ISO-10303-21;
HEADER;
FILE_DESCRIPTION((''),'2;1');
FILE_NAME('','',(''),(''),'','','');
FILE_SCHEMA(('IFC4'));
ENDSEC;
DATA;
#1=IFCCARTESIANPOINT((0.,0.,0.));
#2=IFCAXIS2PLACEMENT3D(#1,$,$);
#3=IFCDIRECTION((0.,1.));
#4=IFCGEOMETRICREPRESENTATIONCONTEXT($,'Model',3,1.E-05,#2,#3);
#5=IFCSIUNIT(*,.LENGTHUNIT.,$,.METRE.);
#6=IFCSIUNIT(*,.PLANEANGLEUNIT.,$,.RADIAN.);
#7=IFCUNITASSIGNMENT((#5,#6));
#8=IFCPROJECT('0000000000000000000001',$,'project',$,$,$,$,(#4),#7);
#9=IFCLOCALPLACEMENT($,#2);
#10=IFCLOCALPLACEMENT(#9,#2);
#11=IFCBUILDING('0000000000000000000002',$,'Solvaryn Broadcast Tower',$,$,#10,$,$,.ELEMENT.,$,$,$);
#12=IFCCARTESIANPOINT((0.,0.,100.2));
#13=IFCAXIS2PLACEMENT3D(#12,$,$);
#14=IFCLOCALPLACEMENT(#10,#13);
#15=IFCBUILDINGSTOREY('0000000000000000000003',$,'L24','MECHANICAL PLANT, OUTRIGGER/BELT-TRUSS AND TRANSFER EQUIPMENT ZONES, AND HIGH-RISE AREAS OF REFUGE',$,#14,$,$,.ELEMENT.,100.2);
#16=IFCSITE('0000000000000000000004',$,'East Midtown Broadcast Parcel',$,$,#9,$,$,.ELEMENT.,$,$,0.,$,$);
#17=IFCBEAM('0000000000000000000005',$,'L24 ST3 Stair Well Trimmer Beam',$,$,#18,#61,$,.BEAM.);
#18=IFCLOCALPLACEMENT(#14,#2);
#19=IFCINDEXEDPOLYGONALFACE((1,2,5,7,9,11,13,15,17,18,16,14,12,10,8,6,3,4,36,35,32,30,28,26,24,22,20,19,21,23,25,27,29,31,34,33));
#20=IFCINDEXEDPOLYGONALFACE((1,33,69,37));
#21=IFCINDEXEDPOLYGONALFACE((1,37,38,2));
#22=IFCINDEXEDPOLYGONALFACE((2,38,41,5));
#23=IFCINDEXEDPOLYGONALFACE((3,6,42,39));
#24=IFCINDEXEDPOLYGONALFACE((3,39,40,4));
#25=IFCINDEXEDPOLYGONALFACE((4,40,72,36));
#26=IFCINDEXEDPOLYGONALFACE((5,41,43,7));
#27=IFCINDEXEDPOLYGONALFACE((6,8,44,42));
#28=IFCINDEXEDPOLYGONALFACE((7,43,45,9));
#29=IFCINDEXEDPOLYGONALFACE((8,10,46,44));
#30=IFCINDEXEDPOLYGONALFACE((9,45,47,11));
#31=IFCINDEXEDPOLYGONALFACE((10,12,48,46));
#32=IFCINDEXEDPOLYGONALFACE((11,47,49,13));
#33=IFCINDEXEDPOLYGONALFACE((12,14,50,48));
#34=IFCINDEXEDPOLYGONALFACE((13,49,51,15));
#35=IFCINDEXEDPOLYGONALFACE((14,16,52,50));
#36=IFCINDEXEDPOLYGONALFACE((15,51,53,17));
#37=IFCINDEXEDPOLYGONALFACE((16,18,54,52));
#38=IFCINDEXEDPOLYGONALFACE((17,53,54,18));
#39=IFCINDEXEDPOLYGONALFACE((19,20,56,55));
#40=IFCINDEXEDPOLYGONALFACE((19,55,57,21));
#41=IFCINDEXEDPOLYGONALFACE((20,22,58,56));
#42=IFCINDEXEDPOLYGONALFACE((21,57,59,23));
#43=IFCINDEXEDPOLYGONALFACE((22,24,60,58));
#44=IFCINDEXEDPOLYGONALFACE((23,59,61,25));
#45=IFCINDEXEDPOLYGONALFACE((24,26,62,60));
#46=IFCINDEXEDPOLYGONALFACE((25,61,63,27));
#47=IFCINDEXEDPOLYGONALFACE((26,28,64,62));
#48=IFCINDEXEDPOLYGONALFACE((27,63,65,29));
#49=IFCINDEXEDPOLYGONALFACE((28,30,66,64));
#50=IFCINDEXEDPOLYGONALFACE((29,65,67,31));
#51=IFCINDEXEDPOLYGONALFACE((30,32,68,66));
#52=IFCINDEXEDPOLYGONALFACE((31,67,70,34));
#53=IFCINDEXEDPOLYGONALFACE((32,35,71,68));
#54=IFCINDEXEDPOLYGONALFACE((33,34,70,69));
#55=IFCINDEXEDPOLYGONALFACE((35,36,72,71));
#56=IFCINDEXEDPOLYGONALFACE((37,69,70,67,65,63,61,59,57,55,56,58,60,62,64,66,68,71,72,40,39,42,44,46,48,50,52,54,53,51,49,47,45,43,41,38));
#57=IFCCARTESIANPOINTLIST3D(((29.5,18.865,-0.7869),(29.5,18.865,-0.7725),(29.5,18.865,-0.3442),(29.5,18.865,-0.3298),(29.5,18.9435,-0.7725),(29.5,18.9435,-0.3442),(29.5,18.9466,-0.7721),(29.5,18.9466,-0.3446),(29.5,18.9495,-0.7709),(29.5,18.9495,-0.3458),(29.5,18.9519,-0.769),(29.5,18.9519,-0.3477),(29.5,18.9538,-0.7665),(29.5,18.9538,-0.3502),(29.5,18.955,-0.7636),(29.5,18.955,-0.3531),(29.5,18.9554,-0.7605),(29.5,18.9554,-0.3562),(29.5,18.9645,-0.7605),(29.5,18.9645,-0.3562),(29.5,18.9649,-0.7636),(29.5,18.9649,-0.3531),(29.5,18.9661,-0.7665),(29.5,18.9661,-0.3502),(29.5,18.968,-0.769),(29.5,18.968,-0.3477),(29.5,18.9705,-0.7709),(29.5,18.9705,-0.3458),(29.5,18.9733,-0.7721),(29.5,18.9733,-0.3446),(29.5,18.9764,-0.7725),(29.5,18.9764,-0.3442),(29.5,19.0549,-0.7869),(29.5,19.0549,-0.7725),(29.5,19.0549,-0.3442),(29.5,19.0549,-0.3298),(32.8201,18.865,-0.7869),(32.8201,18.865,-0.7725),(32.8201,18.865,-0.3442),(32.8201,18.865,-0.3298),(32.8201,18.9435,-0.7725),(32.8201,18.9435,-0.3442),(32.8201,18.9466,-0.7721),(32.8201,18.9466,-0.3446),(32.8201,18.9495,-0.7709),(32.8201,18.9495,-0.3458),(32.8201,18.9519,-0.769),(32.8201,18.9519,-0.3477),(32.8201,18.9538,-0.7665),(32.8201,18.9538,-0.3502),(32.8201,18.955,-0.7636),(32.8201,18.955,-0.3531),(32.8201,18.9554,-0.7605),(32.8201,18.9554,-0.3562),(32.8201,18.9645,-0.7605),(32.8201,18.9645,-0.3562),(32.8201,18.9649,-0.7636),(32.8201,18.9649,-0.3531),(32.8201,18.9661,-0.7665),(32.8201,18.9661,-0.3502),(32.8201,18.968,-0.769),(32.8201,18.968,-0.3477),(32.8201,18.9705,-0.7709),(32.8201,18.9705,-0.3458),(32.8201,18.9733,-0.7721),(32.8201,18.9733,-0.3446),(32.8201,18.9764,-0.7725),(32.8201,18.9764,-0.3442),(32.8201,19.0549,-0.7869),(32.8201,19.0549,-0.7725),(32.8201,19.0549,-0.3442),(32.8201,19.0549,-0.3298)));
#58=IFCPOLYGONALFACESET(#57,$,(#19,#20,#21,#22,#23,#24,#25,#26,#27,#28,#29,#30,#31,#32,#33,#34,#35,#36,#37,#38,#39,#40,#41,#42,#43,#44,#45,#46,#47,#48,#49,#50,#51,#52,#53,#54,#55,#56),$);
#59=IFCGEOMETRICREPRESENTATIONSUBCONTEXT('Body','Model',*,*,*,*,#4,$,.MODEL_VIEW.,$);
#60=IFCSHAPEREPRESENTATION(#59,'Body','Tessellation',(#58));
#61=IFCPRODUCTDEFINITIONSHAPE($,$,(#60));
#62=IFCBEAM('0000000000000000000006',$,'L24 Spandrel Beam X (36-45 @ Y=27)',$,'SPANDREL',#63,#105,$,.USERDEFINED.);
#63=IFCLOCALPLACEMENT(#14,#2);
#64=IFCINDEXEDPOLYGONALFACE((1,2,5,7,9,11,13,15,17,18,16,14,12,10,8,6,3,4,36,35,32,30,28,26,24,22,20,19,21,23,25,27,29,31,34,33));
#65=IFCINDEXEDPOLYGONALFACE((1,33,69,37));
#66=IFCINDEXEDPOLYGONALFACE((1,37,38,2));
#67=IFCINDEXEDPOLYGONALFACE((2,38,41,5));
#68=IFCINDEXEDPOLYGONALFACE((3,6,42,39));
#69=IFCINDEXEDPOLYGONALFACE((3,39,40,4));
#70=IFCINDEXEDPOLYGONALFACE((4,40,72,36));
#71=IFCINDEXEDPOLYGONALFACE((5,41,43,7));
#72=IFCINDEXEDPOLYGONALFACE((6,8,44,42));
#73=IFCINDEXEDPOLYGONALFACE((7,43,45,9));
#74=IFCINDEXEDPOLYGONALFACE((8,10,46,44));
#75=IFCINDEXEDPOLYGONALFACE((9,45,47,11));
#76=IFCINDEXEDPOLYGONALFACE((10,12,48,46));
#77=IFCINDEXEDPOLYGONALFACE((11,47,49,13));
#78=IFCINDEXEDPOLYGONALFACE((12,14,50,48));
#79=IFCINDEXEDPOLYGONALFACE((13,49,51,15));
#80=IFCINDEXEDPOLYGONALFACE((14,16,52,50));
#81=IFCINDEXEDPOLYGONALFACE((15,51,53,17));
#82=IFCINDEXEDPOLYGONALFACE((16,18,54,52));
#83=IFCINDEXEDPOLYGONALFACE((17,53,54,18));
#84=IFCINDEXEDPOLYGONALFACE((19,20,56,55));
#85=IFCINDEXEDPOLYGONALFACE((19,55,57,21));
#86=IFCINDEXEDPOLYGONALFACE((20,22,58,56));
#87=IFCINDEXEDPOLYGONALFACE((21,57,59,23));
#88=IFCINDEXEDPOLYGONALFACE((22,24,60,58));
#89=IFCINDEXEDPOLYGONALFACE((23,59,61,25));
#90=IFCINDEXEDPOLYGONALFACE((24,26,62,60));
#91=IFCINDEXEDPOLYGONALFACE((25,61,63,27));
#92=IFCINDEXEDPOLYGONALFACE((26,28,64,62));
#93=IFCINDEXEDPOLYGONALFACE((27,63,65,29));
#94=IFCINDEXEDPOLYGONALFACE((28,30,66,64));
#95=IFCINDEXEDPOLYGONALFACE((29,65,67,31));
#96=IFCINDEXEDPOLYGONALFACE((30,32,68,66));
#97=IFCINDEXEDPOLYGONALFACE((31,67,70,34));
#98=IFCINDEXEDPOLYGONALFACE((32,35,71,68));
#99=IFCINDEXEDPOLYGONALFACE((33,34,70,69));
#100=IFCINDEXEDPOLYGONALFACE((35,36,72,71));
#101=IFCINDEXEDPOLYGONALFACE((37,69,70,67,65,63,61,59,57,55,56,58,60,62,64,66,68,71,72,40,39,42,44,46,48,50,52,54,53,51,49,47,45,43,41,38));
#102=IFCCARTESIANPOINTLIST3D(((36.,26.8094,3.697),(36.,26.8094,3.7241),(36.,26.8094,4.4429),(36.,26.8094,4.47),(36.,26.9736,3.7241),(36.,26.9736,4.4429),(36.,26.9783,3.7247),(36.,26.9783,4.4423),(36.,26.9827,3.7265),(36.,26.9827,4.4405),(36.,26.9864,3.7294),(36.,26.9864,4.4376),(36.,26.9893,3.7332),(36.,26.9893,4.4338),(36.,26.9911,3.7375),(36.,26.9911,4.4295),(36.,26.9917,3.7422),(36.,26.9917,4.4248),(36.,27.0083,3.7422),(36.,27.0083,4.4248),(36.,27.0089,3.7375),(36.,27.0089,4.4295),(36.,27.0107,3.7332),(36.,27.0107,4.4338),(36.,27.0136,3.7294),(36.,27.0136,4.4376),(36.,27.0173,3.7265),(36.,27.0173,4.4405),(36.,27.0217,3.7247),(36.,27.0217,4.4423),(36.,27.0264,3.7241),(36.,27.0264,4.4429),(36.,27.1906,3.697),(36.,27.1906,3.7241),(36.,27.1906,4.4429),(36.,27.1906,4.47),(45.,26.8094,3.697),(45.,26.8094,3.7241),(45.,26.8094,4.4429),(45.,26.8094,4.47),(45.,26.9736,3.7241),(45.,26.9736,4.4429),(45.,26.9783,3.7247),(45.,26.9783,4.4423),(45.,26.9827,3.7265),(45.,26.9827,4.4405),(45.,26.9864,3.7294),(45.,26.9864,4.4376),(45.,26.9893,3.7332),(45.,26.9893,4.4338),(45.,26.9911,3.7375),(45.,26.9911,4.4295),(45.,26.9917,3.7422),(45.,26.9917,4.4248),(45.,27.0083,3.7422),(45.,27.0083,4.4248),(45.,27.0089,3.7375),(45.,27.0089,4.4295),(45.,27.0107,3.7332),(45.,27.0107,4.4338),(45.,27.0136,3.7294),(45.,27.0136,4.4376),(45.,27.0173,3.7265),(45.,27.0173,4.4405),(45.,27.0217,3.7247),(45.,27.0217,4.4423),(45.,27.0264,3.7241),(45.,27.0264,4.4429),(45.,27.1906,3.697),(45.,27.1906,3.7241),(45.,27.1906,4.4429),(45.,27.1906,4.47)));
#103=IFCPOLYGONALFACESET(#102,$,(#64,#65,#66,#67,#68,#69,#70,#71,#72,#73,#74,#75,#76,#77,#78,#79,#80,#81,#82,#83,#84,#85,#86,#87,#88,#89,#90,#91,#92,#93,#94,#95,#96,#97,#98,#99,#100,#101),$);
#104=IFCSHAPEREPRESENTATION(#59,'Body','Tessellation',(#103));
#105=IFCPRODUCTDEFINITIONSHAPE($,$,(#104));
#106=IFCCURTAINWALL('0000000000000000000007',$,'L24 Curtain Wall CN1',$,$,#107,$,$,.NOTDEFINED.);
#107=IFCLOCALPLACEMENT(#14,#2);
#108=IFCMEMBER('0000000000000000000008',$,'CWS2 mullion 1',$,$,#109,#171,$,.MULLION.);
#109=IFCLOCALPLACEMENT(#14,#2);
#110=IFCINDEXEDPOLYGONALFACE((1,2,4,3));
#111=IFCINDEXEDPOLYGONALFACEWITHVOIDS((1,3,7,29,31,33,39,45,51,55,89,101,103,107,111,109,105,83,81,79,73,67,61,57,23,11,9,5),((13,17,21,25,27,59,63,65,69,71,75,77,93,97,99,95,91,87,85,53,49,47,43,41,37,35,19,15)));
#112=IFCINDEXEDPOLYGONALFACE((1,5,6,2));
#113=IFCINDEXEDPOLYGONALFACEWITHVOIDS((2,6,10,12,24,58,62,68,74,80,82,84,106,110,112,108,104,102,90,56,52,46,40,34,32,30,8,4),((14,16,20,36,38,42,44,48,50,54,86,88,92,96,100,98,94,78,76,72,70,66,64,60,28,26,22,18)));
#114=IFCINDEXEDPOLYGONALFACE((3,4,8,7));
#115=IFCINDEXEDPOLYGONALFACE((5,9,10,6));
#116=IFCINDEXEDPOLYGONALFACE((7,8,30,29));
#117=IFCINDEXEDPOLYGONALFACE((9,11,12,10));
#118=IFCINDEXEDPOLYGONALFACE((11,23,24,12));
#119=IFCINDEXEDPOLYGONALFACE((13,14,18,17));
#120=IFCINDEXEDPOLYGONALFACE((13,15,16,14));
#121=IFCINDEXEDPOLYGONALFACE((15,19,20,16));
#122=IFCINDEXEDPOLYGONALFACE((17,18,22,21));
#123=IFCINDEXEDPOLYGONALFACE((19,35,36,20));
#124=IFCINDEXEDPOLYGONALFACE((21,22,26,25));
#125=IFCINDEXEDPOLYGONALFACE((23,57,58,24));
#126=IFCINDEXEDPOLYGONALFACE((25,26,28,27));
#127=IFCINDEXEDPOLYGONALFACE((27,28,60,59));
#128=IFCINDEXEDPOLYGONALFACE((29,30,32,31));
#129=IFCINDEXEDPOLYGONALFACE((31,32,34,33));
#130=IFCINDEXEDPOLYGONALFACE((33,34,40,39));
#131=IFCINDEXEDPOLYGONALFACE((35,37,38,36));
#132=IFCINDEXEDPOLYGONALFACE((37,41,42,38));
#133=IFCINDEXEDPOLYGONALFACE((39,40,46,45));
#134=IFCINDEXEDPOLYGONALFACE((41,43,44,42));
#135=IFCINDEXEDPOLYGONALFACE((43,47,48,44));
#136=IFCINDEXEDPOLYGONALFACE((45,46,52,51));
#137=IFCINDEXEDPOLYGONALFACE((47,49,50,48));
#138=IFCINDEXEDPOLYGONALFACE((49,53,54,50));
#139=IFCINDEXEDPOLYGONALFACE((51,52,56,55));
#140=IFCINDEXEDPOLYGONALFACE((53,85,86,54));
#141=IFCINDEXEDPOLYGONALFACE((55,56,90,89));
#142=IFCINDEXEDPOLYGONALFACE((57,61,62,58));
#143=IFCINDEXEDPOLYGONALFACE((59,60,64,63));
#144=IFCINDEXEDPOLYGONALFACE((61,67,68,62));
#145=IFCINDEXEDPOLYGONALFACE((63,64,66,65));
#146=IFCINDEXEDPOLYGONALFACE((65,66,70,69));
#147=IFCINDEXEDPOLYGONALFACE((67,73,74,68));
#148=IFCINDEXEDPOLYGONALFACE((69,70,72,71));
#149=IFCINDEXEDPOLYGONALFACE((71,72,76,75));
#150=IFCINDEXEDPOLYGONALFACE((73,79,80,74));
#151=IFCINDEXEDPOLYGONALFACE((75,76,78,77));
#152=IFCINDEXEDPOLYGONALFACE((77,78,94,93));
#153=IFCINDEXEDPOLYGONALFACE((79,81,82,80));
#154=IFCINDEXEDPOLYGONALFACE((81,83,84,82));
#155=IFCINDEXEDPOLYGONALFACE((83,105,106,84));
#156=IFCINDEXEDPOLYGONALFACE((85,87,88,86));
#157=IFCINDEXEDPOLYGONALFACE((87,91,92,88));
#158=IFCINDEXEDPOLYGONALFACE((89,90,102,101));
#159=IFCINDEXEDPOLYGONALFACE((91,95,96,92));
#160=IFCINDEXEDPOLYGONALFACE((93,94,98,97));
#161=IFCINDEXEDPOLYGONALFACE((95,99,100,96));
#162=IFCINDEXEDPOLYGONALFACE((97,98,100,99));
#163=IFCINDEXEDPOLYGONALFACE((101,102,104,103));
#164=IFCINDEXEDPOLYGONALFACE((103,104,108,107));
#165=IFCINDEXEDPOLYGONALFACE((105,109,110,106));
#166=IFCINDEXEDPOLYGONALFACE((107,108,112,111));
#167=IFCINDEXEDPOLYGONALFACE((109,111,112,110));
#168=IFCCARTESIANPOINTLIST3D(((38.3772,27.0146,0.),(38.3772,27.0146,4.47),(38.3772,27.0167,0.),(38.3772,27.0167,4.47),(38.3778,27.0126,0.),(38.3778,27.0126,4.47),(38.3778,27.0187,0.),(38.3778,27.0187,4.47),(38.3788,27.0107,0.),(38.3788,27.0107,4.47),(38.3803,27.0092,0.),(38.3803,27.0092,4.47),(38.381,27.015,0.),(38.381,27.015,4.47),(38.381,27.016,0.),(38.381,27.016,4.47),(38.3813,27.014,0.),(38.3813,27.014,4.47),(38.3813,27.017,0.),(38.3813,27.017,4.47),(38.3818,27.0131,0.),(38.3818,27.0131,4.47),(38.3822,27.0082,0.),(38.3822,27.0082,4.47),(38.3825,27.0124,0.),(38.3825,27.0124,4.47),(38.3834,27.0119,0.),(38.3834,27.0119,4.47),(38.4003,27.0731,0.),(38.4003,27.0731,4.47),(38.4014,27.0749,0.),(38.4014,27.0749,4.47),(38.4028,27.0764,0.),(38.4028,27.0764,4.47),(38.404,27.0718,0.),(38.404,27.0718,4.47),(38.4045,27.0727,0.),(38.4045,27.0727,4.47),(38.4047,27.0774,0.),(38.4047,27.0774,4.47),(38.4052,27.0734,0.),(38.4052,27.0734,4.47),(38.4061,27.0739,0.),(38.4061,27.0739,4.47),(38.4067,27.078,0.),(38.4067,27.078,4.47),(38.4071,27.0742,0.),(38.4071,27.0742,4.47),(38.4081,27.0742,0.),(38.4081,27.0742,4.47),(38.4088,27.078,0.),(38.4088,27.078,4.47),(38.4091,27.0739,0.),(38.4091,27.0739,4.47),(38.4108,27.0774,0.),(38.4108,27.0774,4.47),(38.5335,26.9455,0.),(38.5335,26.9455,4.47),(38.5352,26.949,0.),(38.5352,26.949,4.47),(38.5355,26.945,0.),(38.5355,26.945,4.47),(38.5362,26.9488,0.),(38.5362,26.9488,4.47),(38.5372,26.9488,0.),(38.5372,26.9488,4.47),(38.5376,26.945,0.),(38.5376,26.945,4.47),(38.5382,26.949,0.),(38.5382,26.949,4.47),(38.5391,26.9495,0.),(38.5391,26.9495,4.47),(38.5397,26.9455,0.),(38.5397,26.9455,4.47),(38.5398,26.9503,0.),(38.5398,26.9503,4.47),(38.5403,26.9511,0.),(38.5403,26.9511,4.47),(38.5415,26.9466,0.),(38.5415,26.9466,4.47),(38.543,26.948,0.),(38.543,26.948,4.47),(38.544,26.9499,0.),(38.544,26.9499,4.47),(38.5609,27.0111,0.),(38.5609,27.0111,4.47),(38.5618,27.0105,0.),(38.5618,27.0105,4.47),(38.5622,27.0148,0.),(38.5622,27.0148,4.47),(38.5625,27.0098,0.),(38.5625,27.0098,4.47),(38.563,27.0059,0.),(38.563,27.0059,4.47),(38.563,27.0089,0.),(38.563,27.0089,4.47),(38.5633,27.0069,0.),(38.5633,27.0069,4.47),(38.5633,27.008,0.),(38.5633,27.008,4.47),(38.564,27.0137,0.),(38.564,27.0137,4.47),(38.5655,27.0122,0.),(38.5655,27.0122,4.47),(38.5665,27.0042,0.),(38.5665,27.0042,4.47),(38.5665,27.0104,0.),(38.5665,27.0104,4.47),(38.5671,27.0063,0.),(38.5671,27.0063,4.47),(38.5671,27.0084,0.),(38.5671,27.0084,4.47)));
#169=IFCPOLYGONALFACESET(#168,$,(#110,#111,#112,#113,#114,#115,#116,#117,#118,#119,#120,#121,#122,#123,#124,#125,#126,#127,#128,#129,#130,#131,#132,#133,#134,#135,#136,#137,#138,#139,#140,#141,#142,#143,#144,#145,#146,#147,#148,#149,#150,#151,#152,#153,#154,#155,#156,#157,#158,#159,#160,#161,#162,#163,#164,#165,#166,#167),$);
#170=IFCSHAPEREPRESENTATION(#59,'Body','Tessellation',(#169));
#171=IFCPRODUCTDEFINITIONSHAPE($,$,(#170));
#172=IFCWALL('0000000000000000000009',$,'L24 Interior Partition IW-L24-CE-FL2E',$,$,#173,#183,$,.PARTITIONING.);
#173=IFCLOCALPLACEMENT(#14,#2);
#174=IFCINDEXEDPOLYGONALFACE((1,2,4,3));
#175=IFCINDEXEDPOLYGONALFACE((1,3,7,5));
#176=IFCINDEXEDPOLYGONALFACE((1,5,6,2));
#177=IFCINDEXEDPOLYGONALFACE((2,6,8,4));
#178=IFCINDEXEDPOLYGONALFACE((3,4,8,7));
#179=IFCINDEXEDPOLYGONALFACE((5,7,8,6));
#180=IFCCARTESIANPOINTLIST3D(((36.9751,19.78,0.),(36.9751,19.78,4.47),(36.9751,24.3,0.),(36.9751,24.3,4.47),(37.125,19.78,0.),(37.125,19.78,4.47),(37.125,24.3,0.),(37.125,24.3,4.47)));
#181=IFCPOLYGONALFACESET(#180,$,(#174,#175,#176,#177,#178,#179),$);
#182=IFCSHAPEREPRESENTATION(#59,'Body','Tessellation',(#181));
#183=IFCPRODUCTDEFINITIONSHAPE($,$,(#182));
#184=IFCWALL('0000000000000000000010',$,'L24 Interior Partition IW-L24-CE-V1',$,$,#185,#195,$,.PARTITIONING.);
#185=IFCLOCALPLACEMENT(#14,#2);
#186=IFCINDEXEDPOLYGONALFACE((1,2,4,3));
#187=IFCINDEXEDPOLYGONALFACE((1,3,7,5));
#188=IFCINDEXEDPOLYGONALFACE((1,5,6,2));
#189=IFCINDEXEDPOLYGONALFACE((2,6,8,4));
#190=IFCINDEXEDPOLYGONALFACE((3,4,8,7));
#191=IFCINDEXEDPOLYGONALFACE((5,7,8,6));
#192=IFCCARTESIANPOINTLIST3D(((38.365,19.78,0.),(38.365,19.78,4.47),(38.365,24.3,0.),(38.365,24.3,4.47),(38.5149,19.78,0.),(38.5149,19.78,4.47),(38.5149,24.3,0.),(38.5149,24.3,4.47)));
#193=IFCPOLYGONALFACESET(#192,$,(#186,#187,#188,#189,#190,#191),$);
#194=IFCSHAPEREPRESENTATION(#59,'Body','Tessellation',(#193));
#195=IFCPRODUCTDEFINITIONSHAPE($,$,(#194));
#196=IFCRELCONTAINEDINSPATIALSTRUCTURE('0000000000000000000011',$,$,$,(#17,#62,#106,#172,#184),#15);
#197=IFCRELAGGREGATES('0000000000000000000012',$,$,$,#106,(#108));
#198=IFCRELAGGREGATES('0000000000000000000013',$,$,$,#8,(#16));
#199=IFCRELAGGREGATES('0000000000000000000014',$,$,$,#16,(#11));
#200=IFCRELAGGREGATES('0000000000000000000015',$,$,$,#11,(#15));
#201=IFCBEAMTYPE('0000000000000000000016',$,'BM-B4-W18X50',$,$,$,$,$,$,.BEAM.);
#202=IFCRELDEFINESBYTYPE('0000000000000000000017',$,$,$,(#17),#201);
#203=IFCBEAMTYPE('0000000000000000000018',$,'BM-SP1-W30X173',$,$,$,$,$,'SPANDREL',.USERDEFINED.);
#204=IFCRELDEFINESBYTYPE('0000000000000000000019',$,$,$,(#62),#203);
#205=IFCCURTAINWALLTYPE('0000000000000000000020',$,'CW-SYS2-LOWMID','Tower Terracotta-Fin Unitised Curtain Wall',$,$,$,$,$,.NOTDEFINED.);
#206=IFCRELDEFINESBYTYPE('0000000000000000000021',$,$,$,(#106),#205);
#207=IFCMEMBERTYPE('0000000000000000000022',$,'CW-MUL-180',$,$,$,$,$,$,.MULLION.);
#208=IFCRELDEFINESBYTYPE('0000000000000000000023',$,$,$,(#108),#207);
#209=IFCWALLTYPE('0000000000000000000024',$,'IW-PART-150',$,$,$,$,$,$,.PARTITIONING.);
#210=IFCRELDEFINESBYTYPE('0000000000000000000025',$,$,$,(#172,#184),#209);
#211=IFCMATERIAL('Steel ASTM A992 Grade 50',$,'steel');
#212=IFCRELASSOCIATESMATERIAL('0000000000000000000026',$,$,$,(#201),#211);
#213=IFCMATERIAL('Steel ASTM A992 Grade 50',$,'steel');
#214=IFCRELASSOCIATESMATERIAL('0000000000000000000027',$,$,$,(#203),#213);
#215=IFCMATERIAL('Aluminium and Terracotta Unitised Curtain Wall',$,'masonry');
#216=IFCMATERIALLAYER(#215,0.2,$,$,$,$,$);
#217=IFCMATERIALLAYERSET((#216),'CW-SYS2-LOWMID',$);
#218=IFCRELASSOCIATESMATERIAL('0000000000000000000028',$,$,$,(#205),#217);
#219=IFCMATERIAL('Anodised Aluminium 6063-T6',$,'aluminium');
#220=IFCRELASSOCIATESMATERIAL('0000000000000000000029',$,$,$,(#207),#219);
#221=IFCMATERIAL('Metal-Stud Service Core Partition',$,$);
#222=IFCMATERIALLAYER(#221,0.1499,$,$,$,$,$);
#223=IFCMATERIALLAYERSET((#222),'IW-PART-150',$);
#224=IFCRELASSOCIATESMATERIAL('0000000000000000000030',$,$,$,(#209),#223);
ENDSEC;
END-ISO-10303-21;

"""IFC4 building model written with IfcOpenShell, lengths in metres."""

from ifc_helpers import new_model, si_unit, direction, frame, frame_2d, origin, origin_2d, place, context, subcontext, project, spatial, rectangle, hollow_rectangle, i_section, extrude, material, layer, layer_set, material_profile, profile_set, type_object, element, aggregate, save


model = new_model("IFC4")

# Units and contexts
model_context = context("Model", 3, precision=1e-05, world=origin(), true_north=direction((0.0, 1.0)))
body_context = subcontext(model_context, "Body", "Model", "MODEL_VIEW")
ifc_project = project(units=[si_unit("LENGTHUNIT", "METRE"), si_unit("PLANEANGLEUNIT", "RADIAN")], contexts=[model_context])

# Site, building, storey
site_placement = place(None, origin())
site = spatial("IfcSite", under=ifc_project, at=site_placement, Name="East Midtown Broadcast Parcel", CompositionType="ELEMENT", RefElevation=0.0)
building_placement = place(site_placement, origin())
building = spatial("IfcBuilding", under=site, at=building_placement, Name="Solvaryn Broadcast Tower", CompositionType="ELEMENT")
storey_placement = place(building_placement, frame((0.0, 0.0, 100.2)))
storey = spatial("IfcBuildingStorey", under=building, at=storey_placement, Name="L24", Description="MECHANICAL PLANT, OUTRIGGER/BELT-TRUSS AND TRANSFER EQUIPMENT ZONES, AND HIGH-RISE AREAS OF REFUGE", CompositionType="ELEMENT", Elevation=100.2)

# Beams
ifc_material_1 = material(Name="Steel ASTM A992 Grade 50", Category="steel")
ifc_material_profile_1 = material_profile(ifc_material_1, i_section(OverallWidth=0.1899, OverallDepth=0.457, WebThickness=0.009, FlangeThickness=0.0144, FilletRadius=0.012, at=origin_2d()))
ifc_profile_set_1 = profile_set([ifc_material_profile_1], Name="Steel ASTM A992 Grade 50")
beam_type_1 = type_object("IfcBeamType", Name="BM-B4-W18X50", PredefinedType="BEAM", material=ifc_profile_set_1)
beam_1_placement = place(storey_placement, frame((29.5, 18.96, -0.5583), z_axis=(1.0, 0.0, 0.0), x_axis=(0.0, 1.0, 0.0)))
element("IfcBeam", 1, at=beam_1_placement, inside=storey, type_object=beam_type_1, Name="L24 ST3 Stair Well Trimmer Beam", PredefinedType="BEAM", context=body_context, shape_type="SweptSolid", body=[
    extrude(i_section(OverallWidth=0.1899, OverallDepth=0.457, WebThickness=0.009, FlangeThickness=0.0144, FilletRadius=0.012, at=origin_2d()), origin(), (0.0, 0.0, 1.0), 3.3201),
])
ifc_material_2 = material(Name="Steel ASTM A992 Grade 50", Category="steel")
ifc_material_profile_2 = material_profile(ifc_material_2, i_section(OverallWidth=0.3811, OverallDepth=0.7729, WebThickness=0.0166, FlangeThickness=0.0271, FilletRadius=0.0181, at=origin_2d()))
ifc_profile_set_2 = profile_set([ifc_material_profile_2], Name="Steel ASTM A992 Grade 50")
beam_type_2 = type_object("IfcBeamType", Name="BM-SP1-W30X173", ElementType="SPANDREL", PredefinedType="USERDEFINED", material=ifc_profile_set_2)
beam_2_placement = place(storey_placement, frame((36.0, 27.0, 4.0835), z_axis=(1.0, 0.0, 0.0), x_axis=(0.0, 1.0, 0.0)))
element("IfcBeam", 2, at=beam_2_placement, inside=storey, type_object=beam_type_2, Name="L24 Spandrel Beam X (36-45 @ Y=27)", ObjectType="SPANDREL", PredefinedType="USERDEFINED", context=body_context, shape_type="SweptSolid", body=[
    extrude(i_section(OverallWidth=0.3811, OverallDepth=0.7729, WebThickness=0.0166, FlangeThickness=0.0271, FilletRadius=0.0181, at=origin_2d()), origin(), (0.0, 0.0, 1.0), 9.0),
])

# Curtain wall, member
ifc_material_3 = material(Name="Aluminium and Terracotta Unitised Curtain Wall", Category="masonry")
ifc_layer_1 = layer(ifc_material_3, 0.2)
ifc_layer_set_1 = layer_set([ifc_layer_1], Name="CW-SYS2-LOWMID")
curtain_wall_type = type_object("IfcCurtainWallType", Name="CW-SYS2-LOWMID", Description="Tower Terracotta-Fin Unitised Curtain Wall", PredefinedType="NOTDEFINED", material=ifc_layer_set_1)
curtain_wall_placement = place(storey_placement, origin())
curtain_wall = element("IfcCurtainWall", 3, at=curtain_wall_placement, inside=storey, type_object=curtain_wall_type, Name="L24 Curtain Wall CN1", PredefinedType="NOTDEFINED")
ifc_material_4 = material(Name="Anodised Aluminium 6063-T6", Category="aluminium")
ifc_material_profile_3 = material_profile(ifc_material_4, hollow_rectangle(XDim=0.075, YDim=0.1799, WallThickness=0.0039, InnerFilletRadius=0.0039, OuterFilletRadius=0.0081, at=origin_2d()))
ifc_profile_set_3 = profile_set([ifc_material_profile_3], Name="Anodised Aluminium 6063-T6")
member_type = type_object("IfcMemberType", Name="CW-MUL-180", PredefinedType="MULLION", material=ifc_profile_set_3)
member_placement = place(storey_placement, frame((38.4722, 27.0115, 0.0), z_axis=(0.0, 0.0, 1.0), x_axis=(-0.382646, -0.923895, 0.0)))
member = element("IfcMember", 4, at=member_placement, type_object=member_type, Name="CWS2 mullion 1", PredefinedType="MULLION", context=body_context, shape_type="SweptSolid", body=[
    extrude(hollow_rectangle(XDim=0.075, YDim=0.1799, WallThickness=0.0039, InnerFilletRadius=0.0039, OuterFilletRadius=0.0081, at=origin_2d()), origin(), (0.0, 0.0, 1.0), 4.47),
])
aggregate(curtain_wall, [member])

# Walls
ifc_material_5 = material(Name="Metal-Stud Service Core Partition")
ifc_layer_2 = layer(ifc_material_5, 0.1499)
ifc_layer_set_2 = layer_set([ifc_layer_2], Name="IW-PART-150")
wall_type_1 = type_object("IfcWallType", Name="IW-PART-150", PredefinedType="PARTITIONING", material=ifc_layer_set_2)
for number, where, z_axis, x_axis, name in (
    (5, (37.05, 19.78, 0.0), (0.0, 0.0, 1.0), (0.0, 1.0, 0.0), "L24 Interior Partition IW-L24-CE-FL2E"),
    (6, (38.4399, 19.78, 0.0), (0.0, 0.0, 1.0), (0.0, 1.0, 0.0), "L24 Interior Partition IW-L24-CE-V1"),
):
    element("IfcWall", number, at=place(storey_placement, frame(where, z_axis=z_axis, x_axis=x_axis)), inside=storey, type_object=wall_type_1, Name=name, PredefinedType="PARTITIONING", context=body_context, shape_type="SweptSolid", body=[
        extrude(rectangle(XDim=4.52, YDim=0.1499, at=frame_2d((2.26, 0.0))), origin(), (0.0, 0.0, 1.0), 4.47),
    ])

save(model, "model.ifc")
